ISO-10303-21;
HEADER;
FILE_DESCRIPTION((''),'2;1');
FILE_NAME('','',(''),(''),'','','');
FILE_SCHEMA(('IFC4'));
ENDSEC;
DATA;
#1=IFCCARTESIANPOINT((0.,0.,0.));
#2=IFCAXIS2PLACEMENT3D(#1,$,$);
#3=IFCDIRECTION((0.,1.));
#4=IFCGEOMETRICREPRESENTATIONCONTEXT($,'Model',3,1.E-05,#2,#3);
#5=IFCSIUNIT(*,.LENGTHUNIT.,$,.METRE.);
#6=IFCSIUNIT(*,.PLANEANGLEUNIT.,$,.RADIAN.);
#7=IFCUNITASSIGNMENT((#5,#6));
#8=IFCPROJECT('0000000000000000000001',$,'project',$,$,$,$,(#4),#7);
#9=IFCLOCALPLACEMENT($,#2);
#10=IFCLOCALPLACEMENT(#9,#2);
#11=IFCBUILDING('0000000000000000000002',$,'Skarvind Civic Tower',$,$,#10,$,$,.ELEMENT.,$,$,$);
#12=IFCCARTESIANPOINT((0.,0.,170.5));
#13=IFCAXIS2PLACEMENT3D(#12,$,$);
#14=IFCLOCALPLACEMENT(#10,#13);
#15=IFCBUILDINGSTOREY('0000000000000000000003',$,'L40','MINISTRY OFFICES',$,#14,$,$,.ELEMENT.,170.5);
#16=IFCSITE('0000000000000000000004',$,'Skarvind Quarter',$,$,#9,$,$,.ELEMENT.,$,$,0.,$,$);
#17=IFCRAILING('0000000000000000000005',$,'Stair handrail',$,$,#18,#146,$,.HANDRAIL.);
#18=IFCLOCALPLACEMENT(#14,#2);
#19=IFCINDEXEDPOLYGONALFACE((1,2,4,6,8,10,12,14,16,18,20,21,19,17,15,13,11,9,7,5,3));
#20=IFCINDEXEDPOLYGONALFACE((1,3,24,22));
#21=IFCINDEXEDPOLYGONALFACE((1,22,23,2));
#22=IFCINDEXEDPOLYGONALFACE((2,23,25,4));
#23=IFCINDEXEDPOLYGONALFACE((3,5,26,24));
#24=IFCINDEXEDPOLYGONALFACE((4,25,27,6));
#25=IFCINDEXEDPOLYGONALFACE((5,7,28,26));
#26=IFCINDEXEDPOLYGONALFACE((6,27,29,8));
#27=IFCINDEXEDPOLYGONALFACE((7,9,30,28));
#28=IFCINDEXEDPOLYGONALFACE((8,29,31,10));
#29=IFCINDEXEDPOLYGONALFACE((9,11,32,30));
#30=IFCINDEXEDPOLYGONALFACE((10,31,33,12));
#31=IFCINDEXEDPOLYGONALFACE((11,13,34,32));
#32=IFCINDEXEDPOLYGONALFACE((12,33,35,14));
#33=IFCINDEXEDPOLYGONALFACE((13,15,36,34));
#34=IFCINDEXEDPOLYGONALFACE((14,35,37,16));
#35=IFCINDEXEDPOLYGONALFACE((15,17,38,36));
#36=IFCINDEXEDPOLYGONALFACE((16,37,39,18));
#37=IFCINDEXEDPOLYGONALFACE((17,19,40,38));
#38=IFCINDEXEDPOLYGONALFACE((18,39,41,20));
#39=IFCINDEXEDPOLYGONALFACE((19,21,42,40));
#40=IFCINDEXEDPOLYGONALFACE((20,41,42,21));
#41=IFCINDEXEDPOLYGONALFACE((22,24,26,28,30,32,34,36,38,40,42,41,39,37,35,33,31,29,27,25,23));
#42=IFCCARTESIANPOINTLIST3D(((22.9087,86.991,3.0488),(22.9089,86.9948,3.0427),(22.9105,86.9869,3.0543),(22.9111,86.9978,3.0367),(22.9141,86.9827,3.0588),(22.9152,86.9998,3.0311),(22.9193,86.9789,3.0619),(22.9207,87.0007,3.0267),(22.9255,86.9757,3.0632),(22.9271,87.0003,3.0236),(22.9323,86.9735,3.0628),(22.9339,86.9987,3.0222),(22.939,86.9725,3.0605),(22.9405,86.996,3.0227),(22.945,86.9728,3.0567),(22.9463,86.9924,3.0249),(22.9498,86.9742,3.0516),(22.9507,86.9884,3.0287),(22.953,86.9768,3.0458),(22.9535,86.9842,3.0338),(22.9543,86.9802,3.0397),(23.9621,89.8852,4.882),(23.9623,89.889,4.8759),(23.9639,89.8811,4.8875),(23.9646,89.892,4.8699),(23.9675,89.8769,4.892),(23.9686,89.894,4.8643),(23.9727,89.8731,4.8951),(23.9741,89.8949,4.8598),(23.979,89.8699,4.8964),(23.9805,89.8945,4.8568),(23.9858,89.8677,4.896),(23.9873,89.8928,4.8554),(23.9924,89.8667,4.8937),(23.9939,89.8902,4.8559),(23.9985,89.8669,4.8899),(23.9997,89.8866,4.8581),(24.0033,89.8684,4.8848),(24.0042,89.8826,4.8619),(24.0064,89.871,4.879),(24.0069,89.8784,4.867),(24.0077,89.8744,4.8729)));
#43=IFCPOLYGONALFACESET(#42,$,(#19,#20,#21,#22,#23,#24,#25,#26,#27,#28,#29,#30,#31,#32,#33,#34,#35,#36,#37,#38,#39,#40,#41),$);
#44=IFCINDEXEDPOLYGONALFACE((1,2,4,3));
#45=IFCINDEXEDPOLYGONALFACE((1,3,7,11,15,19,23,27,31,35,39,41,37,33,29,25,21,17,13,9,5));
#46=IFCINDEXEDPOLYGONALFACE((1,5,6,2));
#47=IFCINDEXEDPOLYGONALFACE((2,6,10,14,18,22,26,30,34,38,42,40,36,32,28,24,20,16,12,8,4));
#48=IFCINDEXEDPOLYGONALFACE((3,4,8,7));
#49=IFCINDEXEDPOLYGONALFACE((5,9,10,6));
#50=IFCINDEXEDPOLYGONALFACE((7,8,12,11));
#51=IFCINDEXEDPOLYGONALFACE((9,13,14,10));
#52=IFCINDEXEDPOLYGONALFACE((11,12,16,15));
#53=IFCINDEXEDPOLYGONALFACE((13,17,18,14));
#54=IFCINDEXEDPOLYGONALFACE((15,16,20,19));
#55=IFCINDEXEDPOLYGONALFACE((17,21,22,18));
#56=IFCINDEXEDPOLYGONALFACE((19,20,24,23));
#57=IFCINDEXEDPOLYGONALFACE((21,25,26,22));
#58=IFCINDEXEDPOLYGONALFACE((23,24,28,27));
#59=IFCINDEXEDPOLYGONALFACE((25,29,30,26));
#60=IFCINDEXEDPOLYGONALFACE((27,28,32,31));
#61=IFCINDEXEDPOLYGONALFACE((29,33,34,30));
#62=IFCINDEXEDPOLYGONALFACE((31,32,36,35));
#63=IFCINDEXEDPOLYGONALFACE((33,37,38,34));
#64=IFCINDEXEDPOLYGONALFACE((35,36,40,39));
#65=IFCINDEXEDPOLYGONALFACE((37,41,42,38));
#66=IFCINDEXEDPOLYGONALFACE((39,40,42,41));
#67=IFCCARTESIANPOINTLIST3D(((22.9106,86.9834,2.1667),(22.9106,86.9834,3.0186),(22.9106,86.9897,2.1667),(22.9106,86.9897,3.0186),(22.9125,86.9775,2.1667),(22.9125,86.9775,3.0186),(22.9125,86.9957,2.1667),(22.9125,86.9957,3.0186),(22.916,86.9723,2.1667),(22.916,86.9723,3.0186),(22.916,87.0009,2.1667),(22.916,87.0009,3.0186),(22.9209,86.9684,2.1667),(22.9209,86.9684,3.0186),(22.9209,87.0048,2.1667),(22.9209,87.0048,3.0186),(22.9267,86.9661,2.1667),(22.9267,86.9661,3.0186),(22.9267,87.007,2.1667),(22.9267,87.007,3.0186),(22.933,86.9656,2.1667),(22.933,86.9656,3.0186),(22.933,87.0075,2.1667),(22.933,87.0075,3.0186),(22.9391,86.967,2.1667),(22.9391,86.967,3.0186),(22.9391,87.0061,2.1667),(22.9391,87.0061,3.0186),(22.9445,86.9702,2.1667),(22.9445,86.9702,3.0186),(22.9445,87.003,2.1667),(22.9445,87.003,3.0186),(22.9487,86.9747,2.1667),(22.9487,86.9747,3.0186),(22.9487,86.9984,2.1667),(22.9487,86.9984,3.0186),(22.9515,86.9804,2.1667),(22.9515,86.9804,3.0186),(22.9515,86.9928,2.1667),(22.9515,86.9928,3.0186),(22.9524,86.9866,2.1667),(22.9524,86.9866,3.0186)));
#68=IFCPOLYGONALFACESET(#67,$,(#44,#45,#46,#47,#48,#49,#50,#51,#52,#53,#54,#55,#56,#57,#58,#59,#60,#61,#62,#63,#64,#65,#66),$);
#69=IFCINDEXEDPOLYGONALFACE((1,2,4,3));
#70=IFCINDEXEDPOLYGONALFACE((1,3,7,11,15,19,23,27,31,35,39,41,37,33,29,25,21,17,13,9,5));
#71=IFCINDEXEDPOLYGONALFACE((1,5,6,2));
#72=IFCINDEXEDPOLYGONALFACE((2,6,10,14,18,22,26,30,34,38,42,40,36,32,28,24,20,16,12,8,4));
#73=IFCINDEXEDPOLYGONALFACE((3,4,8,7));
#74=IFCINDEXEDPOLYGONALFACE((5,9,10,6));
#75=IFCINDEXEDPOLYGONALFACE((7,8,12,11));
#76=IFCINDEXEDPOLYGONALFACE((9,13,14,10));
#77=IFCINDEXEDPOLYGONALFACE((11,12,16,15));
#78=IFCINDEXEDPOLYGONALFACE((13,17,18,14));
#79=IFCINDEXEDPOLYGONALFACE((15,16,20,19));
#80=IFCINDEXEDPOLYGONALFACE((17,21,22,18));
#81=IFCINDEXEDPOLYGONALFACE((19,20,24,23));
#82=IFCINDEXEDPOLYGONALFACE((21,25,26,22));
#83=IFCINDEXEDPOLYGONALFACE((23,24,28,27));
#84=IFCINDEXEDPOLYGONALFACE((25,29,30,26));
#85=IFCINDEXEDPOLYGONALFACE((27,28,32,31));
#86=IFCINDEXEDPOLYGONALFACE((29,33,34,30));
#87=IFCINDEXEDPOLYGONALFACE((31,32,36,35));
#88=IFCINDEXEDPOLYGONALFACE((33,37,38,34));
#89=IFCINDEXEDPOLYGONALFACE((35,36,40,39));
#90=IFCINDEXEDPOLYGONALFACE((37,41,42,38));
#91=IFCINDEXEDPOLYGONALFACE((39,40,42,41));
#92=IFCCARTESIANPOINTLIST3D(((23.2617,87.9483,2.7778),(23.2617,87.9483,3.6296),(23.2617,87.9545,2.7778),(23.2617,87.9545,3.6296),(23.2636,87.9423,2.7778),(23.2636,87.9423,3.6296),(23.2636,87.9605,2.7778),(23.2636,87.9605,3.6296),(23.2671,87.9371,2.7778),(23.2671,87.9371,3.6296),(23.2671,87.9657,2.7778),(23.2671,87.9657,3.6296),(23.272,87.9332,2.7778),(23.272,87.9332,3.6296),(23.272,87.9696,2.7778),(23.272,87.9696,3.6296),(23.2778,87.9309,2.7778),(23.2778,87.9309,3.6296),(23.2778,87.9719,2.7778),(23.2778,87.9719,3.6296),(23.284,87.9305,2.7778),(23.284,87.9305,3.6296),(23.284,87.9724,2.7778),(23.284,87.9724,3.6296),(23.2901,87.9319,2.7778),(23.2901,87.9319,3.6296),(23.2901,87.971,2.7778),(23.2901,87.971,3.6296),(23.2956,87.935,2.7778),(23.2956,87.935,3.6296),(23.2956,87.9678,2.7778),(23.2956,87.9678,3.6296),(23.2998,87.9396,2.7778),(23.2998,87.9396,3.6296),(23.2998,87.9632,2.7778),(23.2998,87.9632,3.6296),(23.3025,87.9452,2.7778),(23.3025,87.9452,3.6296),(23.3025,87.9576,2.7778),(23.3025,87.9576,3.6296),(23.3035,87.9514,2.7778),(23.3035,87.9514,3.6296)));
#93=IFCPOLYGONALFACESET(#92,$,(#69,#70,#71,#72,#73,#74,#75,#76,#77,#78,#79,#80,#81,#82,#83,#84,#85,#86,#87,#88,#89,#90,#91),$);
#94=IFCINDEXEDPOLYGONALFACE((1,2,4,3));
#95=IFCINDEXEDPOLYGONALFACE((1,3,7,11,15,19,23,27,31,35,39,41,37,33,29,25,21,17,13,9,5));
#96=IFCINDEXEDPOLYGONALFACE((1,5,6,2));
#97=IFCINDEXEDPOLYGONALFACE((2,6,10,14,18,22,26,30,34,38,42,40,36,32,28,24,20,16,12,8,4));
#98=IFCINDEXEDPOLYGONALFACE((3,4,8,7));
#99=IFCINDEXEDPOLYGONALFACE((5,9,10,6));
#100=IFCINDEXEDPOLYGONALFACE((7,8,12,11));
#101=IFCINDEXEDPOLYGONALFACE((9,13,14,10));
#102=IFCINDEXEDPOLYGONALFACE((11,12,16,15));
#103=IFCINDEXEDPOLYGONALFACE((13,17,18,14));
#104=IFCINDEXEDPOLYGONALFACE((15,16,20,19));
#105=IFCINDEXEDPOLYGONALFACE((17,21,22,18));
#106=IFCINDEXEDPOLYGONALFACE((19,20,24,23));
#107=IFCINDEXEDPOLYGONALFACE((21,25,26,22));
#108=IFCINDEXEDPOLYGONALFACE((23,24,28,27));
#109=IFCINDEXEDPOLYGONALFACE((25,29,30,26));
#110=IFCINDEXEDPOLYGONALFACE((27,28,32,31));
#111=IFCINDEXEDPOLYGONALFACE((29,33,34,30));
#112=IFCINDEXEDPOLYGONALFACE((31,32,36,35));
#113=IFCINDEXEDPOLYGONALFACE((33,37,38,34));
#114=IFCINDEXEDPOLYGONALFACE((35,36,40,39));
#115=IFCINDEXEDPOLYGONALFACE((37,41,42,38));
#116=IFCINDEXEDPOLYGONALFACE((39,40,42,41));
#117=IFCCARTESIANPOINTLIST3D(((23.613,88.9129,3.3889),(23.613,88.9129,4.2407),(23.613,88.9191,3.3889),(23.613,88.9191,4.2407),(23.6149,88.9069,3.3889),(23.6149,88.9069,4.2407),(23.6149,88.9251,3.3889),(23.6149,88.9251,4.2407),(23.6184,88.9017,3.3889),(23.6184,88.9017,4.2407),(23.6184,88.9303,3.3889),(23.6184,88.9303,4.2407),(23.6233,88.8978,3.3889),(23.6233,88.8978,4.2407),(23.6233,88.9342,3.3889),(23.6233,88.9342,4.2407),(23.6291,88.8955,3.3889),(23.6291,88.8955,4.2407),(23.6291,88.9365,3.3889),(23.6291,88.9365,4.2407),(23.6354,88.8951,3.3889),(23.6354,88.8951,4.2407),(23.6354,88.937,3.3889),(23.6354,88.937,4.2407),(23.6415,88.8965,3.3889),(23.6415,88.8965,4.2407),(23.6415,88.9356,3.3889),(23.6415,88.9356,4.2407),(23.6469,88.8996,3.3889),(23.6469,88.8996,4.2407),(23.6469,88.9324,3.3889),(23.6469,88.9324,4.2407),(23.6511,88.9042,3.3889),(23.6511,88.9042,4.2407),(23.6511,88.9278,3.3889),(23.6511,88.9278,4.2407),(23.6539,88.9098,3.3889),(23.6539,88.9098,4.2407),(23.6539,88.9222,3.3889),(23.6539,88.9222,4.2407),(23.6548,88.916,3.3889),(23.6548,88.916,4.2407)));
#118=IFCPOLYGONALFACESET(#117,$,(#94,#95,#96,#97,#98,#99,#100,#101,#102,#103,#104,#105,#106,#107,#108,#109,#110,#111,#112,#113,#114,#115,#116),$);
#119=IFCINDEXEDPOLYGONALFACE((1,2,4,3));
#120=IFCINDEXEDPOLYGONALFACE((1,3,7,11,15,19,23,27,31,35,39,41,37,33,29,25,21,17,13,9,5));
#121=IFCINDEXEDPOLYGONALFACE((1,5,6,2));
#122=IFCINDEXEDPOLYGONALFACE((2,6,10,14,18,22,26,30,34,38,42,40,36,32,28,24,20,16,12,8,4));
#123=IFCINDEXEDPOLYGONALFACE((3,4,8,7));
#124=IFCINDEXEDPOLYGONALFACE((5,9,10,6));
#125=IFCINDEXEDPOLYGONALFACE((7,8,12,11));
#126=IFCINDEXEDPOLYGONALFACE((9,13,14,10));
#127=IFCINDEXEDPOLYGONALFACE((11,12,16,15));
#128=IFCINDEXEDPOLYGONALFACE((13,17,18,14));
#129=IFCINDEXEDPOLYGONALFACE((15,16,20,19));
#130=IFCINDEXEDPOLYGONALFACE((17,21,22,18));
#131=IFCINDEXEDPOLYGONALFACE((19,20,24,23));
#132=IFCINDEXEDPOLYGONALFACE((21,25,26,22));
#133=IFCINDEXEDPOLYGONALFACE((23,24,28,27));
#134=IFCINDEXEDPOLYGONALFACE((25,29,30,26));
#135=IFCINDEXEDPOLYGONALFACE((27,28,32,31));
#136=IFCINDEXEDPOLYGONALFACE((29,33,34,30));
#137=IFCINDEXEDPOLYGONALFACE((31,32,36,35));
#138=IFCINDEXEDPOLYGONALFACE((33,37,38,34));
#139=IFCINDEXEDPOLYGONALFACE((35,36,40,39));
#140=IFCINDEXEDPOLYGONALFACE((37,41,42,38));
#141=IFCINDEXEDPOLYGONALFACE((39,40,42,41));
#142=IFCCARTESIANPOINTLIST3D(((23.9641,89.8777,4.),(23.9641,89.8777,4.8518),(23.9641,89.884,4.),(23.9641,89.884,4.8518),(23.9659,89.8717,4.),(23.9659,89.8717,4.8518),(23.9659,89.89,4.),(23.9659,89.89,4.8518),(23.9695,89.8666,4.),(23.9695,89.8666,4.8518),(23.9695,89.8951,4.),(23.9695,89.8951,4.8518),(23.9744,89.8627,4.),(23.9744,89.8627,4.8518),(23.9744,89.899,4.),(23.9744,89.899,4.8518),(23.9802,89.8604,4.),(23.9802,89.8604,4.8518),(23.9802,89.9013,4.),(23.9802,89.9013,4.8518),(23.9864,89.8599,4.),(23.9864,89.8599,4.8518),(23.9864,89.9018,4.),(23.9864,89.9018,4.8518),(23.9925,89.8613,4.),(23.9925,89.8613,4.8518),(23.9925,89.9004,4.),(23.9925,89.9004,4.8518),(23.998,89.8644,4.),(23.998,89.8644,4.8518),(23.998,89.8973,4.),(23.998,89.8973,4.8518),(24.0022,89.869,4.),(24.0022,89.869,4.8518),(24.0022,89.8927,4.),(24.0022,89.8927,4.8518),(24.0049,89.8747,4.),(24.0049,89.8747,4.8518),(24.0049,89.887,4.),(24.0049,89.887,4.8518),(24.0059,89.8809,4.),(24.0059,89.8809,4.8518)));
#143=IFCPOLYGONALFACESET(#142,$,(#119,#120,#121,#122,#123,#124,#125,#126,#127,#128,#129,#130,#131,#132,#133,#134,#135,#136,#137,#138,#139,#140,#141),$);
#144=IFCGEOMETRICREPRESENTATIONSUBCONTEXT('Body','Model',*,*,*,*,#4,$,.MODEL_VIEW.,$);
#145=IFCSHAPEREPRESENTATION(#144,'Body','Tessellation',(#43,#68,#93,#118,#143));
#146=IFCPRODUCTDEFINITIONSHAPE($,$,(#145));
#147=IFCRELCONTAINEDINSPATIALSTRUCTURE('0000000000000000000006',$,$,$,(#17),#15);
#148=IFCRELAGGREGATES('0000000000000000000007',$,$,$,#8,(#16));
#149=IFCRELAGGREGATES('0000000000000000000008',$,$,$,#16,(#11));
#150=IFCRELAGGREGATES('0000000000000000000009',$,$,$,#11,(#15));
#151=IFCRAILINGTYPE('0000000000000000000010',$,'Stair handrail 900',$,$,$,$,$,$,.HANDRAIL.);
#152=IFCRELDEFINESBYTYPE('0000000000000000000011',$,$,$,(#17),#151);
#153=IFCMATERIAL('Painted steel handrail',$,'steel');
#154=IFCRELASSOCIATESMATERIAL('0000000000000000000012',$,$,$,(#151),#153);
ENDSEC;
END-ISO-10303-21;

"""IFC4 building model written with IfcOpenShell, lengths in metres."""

from ifc_helpers import new_model, si_unit, direction, frame, origin, origin_2d, place, context, subcontext, project, spatial, circle, extrude, material, type_object, element, save


model = new_model("IFC4")

# Units and contexts
model_context = context("Model", 3, precision=1e-05, world=origin(), true_north=direction((0.0, 1.0)))
body_context = subcontext(model_context, "Body", "Model", "MODEL_VIEW")
ifc_project = project(units=[si_unit("LENGTHUNIT", "METRE"), si_unit("PLANEANGLEUNIT", "RADIAN")], contexts=[model_context])

# Site, building, storey
site_placement = place(None, origin())
site = spatial("IfcSite", under=ifc_project, at=site_placement, Name="Skarvind Quarter", CompositionType="ELEMENT", RefElevation=0.0)
building_placement = place(site_placement, origin())
building = spatial("IfcBuilding", under=site, at=building_placement, Name="Skarvind Civic Tower", CompositionType="ELEMENT")
storey_placement = place(building_placement, frame((0.0, 0.0, 170.5)))
storey = spatial("IfcBuildingStorey", under=building, at=storey_placement, Name="L40", Description="MINISTRY OFFICES", CompositionType="ELEMENT", Elevation=170.5)

# Railing
ifc_material_1 = material(Name="Painted steel handrail", Category="steel")
railing_type = type_object("IfcRailingType", Name="Stair handrail 900", PredefinedType="HANDRAIL", material=ifc_material_1)
railing_1_placement = place(storey_placement, frame((22.9314, 86.9866, 2.1667)))
element("IfcRailing", 1, at=railing_1_placement, inside=storey, type_object=railing_type, Name="Stair handrail", PredefinedType="HANDRAIL", context=body_context, shape_type="SweptSolid", body=[
    extrude(circle(Radius=0.0239, at=origin_2d()), frame((0.0, 0.0, 0.876), z_axis=(0.293908, 0.807481, 0.511461), x_axis=(-0.939689, 0.342029, 0.0)), (0.0, 0.0, 1.0), 3.5842),
    extrude(circle(Radius=0.021, at=origin_2d()), origin(), (0.0, 0.0, 1.0), 0.8518),
    extrude(circle(Radius=0.021, at=origin_2d()), frame((0.3511, 0.9648, 0.6111)), (0.0, 0.0, 1.0), 0.8518),
    extrude(circle(Radius=0.021, at=origin_2d()), frame((0.7024, 1.9294, 1.2222)), (0.0, 0.0, 1.0), 0.8518),
    extrude(circle(Radius=0.021, at=origin_2d()), frame((1.0535, 2.8943, 1.8333)), (0.0, 0.0, 1.0), 0.8518),
])

save(model, "model.ifc")
